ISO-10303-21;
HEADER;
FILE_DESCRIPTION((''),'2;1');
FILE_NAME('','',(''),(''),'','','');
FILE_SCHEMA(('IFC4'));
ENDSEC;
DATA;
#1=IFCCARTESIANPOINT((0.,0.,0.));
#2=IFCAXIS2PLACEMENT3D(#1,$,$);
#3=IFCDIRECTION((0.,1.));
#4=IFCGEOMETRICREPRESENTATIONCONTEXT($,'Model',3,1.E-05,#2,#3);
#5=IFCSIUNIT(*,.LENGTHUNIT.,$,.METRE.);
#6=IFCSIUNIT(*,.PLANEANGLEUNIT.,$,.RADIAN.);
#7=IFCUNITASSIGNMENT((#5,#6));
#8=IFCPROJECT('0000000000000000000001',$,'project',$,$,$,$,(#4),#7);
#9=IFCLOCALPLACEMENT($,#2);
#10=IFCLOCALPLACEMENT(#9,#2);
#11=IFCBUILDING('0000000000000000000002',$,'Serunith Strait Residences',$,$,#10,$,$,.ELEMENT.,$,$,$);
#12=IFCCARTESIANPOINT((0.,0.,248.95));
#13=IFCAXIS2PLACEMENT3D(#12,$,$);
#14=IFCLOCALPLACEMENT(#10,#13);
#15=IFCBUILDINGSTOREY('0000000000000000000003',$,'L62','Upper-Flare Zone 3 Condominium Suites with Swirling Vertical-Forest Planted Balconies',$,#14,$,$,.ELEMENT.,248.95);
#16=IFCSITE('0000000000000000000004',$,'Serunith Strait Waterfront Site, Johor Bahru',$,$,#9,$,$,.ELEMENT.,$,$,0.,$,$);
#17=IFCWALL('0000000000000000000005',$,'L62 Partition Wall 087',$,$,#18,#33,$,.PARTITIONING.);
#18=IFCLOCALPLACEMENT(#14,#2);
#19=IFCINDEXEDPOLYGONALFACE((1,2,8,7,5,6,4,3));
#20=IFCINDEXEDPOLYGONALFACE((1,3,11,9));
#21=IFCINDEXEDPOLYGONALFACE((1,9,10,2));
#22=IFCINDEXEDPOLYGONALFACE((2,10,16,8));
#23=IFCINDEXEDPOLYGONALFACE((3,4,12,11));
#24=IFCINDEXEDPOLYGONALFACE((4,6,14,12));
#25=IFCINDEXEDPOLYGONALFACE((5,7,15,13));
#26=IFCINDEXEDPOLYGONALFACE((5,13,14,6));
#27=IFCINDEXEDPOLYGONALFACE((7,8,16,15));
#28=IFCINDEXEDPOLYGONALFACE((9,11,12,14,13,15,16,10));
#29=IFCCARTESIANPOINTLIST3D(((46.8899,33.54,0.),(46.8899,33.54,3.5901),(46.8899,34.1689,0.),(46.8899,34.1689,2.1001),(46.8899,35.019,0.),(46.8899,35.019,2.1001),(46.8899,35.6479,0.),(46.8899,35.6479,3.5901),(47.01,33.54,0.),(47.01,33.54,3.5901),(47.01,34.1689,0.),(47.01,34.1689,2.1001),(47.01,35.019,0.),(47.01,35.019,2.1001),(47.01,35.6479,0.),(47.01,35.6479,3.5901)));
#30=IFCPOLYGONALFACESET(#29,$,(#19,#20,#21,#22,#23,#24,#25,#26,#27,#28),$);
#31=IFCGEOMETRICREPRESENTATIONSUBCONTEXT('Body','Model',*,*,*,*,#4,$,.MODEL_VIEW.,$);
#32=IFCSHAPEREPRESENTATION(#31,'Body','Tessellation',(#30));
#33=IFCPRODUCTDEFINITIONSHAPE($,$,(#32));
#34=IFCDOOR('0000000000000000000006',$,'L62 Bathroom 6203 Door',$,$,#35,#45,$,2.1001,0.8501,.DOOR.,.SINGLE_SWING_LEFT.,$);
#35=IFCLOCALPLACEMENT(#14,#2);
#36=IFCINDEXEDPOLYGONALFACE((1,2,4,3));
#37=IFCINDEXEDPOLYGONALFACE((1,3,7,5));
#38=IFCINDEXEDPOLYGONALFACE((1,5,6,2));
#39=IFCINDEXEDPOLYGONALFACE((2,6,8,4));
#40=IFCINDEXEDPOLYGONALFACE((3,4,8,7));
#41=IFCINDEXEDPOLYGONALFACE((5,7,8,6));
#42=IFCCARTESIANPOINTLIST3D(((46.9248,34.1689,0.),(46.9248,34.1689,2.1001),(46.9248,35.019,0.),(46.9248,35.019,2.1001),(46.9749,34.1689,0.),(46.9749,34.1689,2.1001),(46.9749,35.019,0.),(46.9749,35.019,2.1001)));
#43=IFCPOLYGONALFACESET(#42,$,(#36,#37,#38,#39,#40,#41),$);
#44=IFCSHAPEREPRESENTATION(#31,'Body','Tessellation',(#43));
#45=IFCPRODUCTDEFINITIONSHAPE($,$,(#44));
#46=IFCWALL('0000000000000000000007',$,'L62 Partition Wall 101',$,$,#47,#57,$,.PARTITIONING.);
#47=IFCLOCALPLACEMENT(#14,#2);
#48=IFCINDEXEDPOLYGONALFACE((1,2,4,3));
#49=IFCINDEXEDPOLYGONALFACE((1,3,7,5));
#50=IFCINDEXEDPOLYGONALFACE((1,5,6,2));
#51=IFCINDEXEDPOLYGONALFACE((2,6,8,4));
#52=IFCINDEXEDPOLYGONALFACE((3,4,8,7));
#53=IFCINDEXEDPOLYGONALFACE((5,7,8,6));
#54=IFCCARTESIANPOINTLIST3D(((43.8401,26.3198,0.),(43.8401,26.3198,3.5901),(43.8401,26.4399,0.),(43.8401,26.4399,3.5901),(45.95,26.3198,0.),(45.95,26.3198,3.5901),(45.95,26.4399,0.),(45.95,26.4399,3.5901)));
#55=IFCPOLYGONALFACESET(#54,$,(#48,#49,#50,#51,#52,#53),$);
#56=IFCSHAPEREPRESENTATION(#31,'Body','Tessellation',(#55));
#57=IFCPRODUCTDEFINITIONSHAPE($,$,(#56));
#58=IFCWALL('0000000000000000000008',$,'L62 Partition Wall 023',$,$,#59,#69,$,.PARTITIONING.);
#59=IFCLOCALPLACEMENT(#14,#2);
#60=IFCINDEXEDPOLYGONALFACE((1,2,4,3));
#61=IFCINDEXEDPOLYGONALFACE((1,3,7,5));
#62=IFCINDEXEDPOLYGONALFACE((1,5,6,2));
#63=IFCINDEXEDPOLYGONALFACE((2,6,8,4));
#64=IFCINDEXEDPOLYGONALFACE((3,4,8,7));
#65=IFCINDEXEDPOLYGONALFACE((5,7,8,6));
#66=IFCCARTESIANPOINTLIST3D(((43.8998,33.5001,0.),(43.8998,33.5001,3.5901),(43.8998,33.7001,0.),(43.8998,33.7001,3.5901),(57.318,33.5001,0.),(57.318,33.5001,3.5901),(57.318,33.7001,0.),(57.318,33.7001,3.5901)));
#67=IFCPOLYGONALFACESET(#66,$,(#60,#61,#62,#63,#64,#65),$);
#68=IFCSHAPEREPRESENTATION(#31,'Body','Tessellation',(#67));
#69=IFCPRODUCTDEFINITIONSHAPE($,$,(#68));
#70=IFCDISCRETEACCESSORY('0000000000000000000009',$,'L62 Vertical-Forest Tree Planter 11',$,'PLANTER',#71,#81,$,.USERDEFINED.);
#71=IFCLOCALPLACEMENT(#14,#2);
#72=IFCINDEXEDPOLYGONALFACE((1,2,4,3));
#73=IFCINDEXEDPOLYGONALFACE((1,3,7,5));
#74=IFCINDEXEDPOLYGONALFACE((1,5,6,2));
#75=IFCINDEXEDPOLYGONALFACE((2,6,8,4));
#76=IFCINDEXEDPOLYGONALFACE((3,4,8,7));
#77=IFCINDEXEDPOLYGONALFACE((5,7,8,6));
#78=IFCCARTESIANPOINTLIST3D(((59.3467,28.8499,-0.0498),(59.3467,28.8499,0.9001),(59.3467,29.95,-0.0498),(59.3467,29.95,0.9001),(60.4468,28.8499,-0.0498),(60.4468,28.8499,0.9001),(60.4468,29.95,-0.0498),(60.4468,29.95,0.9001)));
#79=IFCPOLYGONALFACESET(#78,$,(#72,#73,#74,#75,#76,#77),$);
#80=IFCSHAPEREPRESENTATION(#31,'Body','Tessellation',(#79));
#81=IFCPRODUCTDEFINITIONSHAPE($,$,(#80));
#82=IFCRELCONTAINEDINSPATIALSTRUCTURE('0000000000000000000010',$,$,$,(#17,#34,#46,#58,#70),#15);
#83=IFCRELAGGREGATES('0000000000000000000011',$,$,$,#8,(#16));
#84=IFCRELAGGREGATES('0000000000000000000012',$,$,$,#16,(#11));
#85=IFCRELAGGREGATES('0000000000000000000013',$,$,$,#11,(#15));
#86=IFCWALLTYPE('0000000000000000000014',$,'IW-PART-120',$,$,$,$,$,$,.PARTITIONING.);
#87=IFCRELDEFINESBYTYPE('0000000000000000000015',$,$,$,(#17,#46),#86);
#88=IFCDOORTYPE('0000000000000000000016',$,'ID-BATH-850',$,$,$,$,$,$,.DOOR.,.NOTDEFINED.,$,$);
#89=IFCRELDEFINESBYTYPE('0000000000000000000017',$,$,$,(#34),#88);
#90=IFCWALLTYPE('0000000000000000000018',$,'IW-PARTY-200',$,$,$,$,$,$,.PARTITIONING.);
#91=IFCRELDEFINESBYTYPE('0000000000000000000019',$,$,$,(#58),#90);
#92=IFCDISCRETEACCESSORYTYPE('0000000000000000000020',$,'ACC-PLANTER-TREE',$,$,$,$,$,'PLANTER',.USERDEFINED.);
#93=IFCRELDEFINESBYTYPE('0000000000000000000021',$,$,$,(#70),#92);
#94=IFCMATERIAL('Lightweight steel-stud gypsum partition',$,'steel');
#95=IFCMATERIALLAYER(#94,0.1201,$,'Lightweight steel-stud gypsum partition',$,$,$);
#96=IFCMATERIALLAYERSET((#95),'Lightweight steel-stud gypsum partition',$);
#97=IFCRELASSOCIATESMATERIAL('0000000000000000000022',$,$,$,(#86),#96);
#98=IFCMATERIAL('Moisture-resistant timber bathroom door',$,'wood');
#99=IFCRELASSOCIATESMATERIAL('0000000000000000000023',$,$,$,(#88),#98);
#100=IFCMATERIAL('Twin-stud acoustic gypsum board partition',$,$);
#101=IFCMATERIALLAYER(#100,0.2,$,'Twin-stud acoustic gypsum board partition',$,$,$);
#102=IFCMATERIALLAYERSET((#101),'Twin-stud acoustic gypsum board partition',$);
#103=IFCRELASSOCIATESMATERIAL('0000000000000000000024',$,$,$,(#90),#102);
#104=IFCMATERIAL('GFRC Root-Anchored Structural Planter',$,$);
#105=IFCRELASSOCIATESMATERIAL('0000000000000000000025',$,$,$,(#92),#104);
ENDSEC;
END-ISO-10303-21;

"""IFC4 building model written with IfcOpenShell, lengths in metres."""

from ifc_helpers import new_model, si_unit, direction, frame, frame_2d, origin, origin_2d, place, context, subcontext, project, spatial, rectangle, extrude, source, transform, mapped, material, layer, layer_set, type_object, element, fill, save


model = new_model("IFC4")

# Units and contexts
model_context = context("Model", 3, precision=1e-05, world=origin(), true_north=direction((0.0, 1.0)))
body_context = subcontext(model_context, "Body", "Model", "MODEL_VIEW")
ifc_project = project(units=[si_unit("LENGTHUNIT", "METRE"), si_unit("PLANEANGLEUNIT", "RADIAN")], contexts=[model_context])

# Site, building, storey
site_placement = place(None, origin())
site = spatial("IfcSite", under=ifc_project, at=site_placement, Name="Serunith Strait Waterfront Site, Johor Bahru", CompositionType="ELEMENT", RefElevation=0.0)
building_placement = place(site_placement, origin())
building = spatial("IfcBuilding", under=site, at=building_placement, Name="Serunith Strait Residences", CompositionType="ELEMENT")
storey_placement = place(building_placement, frame((0.0, 0.0, 248.95)))
storey = spatial("IfcBuildingStorey", under=building, at=storey_placement, Name="L62", Description="Upper-Flare Zone 3 Condominium Suites with Swirling Vertical-Forest Planted Balconies", CompositionType="ELEMENT", Elevation=248.95)

# Shared definitions
ifc_material_1 = material(Name="Lightweight steel-stud gypsum partition", Category="steel")
ifc_layer_1 = layer(ifc_material_1, 0.1201, Name="Lightweight steel-stud gypsum partition")
ifc_layer_set_1 = layer_set([ifc_layer_1], Name="Lightweight steel-stud gypsum partition")
wall_type_1 = type_object("IfcWallType", Name="IW-PART-120", PredefinedType="PARTITIONING", material=ifc_layer_set_1)

# Wall, opening, door
wall_1_placement = place(storey_placement, frame((46.95, 35.6479, 0.0), z_axis=(0.0, 0.0, 1.0), x_axis=(0.0, -1.0, 0.0)))
wall_1 = element("IfcWall", 1, at=wall_1_placement, inside=storey, type_object=wall_type_1, Name="L62 Partition Wall 087", PredefinedType="PARTITIONING", context=body_context, shape_type="SweptSolid", body=[
    extrude(rectangle(XDim=2.1079, YDim=0.1201, at=frame_2d((1.054, 0.0))), origin(), (0.0, 0.0, 1.0), 3.5901),
])
opening_1_placement = place(wall_1_placement, frame((0.6289, 0.0, 0.0)))
opening_1 = element("IfcOpeningElement", 2, at=opening_1_placement, cuts=wall_1, PredefinedType="OPENING", context=body_context, shape_type="SweptSolid", body=[
    extrude(rectangle(XDim=0.8501, YDim=2.1001, at=frame_2d((0.425, 1.05))), frame((0.0, 0.0701, 0.0), z_axis=(0.0, -1.0, 0.0), x_axis=(1.0, 0.0, 0.0)), (0.0, 0.0, 1.0), 0.1401),
])
ifc_material_2 = material(Name="Moisture-resistant timber bathroom door", Category="wood")
door_type_1 = type_object("IfcDoorType", Name="ID-BATH-850", OperationType="NOTDEFINED", PredefinedType="DOOR", material=ifc_material_2)
shared_shape_1 = source(origin(), body_context, "Body", "SweptSolid", [
    extrude(rectangle(XDim=0.8501, YDim=2.1001, at=frame_2d((0.425, 1.05))), frame((0.0, 0.0249, 0.0), z_axis=(0.0, -1.0, 0.0), x_axis=(1.0, 0.0, 0.0)), (0.0, 0.0, 1.0), 0.05),
])
door_1_placement = place(opening_1_placement, origin())
door_1 = element("IfcDoor", 3, at=door_1_placement, inside=storey, type_object=door_type_1, Name="L62 Bathroom 6203 Door", OperationType="SINGLE_SWING_LEFT", OverallHeight=2.1001, OverallWidth=0.8501, PredefinedType="DOOR", context=body_context, shape_type="MappedRepresentation", body=[
    mapped(shared_shape_1, transform((0.0, 0.0, 0.0), scale=1.0)),
])
fill(opening_1, door_1)

# Walls
wall_2_placement = place(storey_placement, frame((45.95, 26.3799, 0.0), z_axis=(0.0, 0.0, 1.0), x_axis=(-1.0, 0.0, 0.0)))
element("IfcWall", 4, at=wall_2_placement, inside=storey, type_object=wall_type_1, Name="L62 Partition Wall 101", PredefinedType="PARTITIONING", context=body_context, shape_type="SweptSolid", body=[
    extrude(rectangle(XDim=2.1099, YDim=0.1201, at=frame_2d((1.0549, 0.0))), origin(), (0.0, 0.0, 1.0), 3.5901),
])
ifc_material_3 = material(Name="Twin-stud acoustic gypsum board partition")
ifc_layer_2 = layer(ifc_material_3, 0.2, Name="Twin-stud acoustic gypsum board partition")
ifc_layer_set_2 = layer_set([ifc_layer_2], Name="Twin-stud acoustic gypsum board partition")
wall_type_2 = type_object("IfcWallType", Name="IW-PARTY-200", PredefinedType="PARTITIONING", material=ifc_layer_set_2)
wall_3_placement = place(storey_placement, frame((43.8999, 33.6001, 0.0), z_axis=(0.0, 0.0, 1.0), x_axis=(1.0, 0.0, 0.0)))
element("IfcWall", 5, at=wall_3_placement, inside=storey, type_object=wall_type_2, Name="L62 Partition Wall 023", PredefinedType="PARTITIONING", context=body_context, shape_type="SweptSolid", body=[
    extrude(rectangle(XDim=13.4182, YDim=0.2, at=frame_2d((6.709, 0.0))), origin(), (0.0, 0.0, 1.0), 3.5901),
])

# Discrete accessory
ifc_material_4 = material(Name="GFRC Root-Anchored Structural Planter")
discrete_accessory_type = type_object("IfcDiscreteAccessoryType", Name="ACC-PLANTER-TREE", ElementType="PLANTER", PredefinedType="USERDEFINED", material=ifc_material_4)
shared_shape_2 = source(origin(), body_context, "Body", "SweptSolid", [
    extrude(rectangle(XDim=1.1001, YDim=1.1001, at=origin_2d()), origin(), (0.0, 0.0, 1.0), 0.95),
])
discrete_accessory_placement = place(storey_placement, frame((59.8967, 29.3999, -0.0498), z_axis=(0.0, 0.0, 1.0), x_axis=(0.0, 1.0, 0.0)))
element("IfcDiscreteAccessory", 6, at=discrete_accessory_placement, inside=storey, type_object=discrete_accessory_type, Name="L62 Vertical-Forest Tree Planter 11", ObjectType="PLANTER", PredefinedType="USERDEFINED", context=body_context, shape_type="MappedRepresentation", body=[
    mapped(shared_shape_2, transform((0.0, 0.0, 0.0), scale=1.0)),
])

save(model, "model.ifc")
